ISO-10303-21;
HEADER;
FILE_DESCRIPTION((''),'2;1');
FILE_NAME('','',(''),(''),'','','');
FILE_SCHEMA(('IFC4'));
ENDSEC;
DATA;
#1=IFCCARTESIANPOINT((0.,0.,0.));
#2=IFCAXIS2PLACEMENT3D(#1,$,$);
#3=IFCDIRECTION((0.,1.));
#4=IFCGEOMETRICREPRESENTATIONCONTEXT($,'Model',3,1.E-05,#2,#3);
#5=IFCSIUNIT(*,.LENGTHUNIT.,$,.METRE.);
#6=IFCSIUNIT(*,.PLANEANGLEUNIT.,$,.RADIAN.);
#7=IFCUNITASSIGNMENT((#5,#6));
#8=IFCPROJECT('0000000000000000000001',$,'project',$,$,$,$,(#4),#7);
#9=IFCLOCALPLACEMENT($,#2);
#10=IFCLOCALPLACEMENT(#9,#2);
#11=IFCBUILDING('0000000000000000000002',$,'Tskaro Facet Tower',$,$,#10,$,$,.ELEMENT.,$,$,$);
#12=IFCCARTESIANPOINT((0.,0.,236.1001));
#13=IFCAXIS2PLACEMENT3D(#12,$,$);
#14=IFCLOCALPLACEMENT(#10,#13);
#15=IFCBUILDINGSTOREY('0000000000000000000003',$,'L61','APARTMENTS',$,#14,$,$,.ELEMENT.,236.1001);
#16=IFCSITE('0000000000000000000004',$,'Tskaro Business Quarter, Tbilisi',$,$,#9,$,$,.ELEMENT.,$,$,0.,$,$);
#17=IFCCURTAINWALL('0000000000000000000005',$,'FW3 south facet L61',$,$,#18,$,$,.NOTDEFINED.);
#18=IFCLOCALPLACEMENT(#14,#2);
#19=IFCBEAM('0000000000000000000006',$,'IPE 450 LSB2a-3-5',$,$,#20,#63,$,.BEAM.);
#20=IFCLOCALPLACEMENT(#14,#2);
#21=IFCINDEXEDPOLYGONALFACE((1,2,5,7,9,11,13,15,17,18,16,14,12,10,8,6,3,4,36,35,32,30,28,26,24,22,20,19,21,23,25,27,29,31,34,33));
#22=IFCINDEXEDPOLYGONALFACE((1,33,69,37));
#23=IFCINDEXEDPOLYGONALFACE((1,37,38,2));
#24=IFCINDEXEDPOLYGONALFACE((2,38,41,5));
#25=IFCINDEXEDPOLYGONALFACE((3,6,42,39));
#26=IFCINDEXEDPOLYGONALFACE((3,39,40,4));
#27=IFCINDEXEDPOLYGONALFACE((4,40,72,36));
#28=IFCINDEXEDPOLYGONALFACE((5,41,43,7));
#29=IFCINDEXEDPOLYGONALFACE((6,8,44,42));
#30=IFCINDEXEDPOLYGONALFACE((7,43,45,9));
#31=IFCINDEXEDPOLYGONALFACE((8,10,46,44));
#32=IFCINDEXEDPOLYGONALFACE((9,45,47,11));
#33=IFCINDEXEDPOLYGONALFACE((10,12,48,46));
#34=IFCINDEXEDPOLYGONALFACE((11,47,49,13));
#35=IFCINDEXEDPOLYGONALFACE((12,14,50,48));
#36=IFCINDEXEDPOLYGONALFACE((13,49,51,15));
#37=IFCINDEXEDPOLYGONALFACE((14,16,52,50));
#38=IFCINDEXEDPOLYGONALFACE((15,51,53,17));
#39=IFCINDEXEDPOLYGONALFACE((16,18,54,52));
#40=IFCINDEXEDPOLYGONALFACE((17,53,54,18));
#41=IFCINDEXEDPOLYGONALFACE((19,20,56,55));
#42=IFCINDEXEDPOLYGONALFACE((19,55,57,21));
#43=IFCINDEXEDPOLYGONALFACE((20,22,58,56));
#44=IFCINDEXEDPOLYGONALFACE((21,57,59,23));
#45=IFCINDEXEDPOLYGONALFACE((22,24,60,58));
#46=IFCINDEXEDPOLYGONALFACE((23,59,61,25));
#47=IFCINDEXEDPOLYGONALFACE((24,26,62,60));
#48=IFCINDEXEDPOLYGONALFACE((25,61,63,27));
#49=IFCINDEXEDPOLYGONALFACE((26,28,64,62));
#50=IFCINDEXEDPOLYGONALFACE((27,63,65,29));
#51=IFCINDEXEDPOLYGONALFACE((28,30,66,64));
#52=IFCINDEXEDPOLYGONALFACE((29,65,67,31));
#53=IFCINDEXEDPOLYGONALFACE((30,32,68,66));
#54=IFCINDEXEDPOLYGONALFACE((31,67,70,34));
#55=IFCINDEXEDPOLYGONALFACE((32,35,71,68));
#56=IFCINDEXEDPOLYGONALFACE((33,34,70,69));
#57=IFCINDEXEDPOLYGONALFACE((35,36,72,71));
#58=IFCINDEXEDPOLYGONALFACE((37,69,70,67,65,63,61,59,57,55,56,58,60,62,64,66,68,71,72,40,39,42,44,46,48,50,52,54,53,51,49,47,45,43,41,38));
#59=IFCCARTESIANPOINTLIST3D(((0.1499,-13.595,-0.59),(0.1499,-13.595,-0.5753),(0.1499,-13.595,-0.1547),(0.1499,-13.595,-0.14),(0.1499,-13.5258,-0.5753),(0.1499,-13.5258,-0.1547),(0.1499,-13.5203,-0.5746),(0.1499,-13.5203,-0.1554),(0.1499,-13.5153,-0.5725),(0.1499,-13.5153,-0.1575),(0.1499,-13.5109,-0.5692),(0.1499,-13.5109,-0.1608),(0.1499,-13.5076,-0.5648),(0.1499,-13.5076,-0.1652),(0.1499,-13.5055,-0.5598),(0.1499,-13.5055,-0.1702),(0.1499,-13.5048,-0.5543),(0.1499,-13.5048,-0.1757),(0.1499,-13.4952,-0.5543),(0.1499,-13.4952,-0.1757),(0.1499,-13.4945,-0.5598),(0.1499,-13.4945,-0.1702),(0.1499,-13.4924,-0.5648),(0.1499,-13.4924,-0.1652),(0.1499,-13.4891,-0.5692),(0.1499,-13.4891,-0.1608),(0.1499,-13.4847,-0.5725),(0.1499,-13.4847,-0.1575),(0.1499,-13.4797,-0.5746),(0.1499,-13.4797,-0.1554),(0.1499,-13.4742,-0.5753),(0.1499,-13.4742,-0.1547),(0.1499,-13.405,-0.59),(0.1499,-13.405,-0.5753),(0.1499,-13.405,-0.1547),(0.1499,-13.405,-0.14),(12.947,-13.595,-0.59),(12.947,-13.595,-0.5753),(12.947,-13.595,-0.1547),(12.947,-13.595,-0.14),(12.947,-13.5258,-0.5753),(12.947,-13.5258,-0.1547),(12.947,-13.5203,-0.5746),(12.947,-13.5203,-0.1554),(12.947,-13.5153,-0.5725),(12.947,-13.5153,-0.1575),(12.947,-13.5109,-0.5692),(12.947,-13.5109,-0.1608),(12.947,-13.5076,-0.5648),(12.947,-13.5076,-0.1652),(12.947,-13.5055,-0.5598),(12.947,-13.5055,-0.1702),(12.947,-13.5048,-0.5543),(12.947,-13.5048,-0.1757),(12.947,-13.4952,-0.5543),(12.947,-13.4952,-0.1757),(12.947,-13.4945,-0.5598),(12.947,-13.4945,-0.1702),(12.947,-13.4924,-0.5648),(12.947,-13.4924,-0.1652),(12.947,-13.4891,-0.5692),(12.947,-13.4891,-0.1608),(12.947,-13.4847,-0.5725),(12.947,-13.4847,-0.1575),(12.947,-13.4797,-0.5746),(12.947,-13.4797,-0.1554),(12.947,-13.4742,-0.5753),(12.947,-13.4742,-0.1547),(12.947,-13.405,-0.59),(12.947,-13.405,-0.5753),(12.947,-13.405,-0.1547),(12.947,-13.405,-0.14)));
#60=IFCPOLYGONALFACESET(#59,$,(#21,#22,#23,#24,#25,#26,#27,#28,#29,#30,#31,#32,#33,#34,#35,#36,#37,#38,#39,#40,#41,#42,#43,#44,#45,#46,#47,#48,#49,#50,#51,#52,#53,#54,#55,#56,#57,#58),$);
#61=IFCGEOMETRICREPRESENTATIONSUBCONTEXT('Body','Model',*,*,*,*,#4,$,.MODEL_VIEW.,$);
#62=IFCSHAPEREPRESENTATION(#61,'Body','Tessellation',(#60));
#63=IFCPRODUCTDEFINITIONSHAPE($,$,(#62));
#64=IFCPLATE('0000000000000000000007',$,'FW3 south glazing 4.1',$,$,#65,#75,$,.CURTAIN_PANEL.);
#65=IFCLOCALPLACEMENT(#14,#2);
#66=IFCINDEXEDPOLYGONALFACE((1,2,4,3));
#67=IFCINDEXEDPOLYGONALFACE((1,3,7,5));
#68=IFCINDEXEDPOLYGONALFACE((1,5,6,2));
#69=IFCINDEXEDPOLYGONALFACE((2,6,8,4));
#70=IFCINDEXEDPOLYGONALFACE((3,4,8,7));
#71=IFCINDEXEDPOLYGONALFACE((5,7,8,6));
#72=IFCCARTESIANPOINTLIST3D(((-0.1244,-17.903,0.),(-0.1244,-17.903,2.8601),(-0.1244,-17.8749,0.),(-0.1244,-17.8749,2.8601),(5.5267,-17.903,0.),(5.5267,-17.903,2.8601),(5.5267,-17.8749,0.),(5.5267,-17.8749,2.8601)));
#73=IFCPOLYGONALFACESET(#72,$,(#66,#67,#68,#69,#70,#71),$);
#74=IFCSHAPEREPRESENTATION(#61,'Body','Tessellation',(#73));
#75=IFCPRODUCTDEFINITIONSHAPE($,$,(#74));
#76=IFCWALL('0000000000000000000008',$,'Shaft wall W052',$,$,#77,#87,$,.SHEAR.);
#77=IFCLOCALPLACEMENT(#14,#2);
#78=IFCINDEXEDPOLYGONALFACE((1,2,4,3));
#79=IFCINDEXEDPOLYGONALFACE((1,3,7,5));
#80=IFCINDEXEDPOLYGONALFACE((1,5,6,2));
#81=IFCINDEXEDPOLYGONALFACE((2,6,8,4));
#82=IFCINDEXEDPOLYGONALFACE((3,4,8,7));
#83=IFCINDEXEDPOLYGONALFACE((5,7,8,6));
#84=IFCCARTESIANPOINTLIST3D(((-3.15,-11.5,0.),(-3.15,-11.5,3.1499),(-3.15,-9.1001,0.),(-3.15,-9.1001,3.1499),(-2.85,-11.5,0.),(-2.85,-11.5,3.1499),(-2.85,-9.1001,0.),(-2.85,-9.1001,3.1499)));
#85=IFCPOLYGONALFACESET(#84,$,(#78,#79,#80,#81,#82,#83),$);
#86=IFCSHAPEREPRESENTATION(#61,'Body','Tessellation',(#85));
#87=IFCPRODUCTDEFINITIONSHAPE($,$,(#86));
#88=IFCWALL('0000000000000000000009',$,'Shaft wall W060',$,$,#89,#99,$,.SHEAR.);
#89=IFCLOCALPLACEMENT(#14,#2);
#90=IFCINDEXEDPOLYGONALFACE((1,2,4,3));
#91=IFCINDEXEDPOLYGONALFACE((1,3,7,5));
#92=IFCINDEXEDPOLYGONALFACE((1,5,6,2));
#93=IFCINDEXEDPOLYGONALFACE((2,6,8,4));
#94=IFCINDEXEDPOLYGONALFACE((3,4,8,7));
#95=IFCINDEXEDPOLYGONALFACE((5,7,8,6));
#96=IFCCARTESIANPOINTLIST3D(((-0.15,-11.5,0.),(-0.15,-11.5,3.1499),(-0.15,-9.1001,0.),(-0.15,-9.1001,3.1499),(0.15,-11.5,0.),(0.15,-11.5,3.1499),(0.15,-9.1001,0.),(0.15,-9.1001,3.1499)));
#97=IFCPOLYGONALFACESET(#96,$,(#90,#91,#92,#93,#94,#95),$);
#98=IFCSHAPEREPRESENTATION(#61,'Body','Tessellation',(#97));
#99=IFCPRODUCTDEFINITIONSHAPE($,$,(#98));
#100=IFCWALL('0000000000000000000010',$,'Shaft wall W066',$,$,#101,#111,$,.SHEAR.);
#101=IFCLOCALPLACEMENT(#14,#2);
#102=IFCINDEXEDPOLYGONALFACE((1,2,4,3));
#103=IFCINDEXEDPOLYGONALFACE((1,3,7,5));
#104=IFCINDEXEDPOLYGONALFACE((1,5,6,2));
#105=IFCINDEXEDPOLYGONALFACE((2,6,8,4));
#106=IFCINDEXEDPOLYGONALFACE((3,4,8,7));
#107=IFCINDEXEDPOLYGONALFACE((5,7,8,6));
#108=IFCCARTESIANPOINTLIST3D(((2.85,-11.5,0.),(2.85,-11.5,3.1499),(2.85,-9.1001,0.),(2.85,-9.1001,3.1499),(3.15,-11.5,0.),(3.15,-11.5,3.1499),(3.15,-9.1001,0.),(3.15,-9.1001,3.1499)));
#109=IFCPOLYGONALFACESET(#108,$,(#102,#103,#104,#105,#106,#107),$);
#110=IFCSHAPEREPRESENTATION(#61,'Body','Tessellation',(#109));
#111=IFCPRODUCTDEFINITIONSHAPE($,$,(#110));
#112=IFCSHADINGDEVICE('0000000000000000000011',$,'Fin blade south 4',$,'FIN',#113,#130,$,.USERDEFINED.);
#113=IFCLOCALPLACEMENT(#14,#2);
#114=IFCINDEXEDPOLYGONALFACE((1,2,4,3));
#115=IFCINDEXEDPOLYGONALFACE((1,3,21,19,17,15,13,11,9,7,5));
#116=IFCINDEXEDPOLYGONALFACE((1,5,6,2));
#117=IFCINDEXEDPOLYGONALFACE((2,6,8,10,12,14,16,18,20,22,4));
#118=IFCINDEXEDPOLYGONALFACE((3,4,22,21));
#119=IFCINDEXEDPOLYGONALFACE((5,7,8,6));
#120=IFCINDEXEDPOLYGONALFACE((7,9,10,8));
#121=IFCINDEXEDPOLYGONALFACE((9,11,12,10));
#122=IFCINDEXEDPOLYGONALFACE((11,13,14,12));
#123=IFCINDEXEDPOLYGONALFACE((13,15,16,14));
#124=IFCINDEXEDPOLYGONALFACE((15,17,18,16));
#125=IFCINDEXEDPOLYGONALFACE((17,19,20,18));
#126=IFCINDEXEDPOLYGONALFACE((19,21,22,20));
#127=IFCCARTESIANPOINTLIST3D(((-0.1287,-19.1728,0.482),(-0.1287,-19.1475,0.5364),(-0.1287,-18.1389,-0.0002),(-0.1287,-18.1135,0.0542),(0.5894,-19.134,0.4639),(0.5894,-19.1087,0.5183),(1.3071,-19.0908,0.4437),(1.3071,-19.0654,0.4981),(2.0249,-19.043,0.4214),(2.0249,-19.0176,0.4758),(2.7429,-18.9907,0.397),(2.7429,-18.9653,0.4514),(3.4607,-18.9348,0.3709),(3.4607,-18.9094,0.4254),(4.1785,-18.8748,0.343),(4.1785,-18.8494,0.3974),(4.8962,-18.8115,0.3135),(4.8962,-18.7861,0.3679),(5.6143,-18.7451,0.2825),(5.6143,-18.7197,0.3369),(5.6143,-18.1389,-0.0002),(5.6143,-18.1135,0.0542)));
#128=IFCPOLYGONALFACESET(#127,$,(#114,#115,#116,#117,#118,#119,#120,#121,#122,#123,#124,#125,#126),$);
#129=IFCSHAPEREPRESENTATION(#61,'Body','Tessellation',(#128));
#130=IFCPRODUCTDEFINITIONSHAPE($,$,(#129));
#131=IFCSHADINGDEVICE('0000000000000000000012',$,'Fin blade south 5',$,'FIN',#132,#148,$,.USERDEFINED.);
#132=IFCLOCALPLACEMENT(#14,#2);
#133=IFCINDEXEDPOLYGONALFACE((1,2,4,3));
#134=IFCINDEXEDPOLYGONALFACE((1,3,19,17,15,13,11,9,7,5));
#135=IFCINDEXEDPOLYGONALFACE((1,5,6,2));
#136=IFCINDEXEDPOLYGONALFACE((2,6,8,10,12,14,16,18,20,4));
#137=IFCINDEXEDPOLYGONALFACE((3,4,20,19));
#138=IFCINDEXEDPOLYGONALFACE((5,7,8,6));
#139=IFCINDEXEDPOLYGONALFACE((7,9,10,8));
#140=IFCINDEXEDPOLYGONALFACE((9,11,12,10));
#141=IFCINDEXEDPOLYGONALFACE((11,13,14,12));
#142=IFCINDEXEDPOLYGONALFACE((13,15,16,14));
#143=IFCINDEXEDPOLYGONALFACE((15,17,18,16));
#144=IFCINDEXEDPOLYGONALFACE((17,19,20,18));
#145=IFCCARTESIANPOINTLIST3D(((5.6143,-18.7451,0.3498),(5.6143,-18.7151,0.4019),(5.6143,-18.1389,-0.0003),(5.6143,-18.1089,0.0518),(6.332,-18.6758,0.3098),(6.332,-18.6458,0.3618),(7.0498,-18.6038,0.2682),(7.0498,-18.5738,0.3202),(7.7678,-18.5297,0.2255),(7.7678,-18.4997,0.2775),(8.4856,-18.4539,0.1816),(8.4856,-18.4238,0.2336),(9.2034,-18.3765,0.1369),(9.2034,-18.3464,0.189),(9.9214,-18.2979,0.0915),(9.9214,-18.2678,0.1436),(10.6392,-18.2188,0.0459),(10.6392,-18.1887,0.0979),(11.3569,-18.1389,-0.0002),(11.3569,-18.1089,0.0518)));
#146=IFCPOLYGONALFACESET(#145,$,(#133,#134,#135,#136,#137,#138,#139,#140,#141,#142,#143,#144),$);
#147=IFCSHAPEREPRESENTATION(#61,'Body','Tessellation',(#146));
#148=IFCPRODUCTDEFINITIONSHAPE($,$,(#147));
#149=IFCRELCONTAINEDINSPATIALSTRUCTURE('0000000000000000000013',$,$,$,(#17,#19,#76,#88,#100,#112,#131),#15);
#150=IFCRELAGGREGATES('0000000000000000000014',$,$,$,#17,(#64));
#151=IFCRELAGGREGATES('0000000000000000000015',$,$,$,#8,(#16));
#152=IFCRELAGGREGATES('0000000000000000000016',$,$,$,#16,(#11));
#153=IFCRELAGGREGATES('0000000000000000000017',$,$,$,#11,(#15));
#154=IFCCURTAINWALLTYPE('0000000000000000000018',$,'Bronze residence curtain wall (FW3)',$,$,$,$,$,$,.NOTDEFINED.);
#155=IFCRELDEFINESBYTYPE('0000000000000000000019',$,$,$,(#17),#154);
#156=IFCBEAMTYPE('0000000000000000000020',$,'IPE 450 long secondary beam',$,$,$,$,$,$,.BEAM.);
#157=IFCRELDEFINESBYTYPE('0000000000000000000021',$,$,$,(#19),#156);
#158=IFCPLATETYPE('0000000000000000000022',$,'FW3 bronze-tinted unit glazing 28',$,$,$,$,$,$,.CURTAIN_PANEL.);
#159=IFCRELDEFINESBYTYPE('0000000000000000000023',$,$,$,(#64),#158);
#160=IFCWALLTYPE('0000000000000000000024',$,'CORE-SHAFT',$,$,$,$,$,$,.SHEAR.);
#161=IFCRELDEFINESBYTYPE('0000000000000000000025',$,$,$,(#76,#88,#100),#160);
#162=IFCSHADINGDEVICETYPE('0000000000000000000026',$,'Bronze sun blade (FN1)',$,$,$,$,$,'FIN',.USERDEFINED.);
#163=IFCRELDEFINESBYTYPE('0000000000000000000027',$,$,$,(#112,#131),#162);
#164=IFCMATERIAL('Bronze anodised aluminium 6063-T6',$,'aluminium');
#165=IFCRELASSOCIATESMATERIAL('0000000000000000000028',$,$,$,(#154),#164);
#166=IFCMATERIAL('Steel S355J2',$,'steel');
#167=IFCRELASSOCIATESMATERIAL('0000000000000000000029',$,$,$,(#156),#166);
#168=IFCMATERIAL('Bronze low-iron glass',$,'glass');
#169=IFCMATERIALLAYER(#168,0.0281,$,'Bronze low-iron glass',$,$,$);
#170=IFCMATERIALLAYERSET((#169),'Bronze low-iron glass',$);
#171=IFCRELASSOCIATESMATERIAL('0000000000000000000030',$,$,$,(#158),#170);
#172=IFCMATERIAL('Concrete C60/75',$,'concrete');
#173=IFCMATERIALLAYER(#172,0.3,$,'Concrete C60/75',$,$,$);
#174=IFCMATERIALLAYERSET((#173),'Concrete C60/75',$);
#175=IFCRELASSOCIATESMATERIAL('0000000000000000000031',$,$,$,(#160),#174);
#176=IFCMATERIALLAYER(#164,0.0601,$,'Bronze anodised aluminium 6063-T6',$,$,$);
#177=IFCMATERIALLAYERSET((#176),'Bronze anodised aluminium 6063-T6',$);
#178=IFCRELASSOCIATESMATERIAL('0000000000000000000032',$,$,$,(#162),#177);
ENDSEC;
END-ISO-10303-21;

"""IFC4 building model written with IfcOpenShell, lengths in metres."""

from ifc_helpers import new_model, si_unit, direction, frame, frame_2d, origin, origin_2d, place, context, subcontext, project, spatial, polyline, rectangle, i_section, outline, extrude, material, layer, layer_set, material_profile, profile_set, type_object, element, aggregate, save


model = new_model("IFC4")

# Units and contexts
model_context = context("Model", 3, precision=1e-05, world=origin(), true_north=direction((0.0, 1.0)))
body_context = subcontext(model_context, "Body", "Model", "MODEL_VIEW")
ifc_project = project(units=[si_unit("LENGTHUNIT", "METRE"), si_unit("PLANEANGLEUNIT", "RADIAN")], contexts=[model_context])

# Site, building, storey
site_placement = place(None, origin())
site = spatial("IfcSite", under=ifc_project, at=site_placement, Name="Tskaro Business Quarter, Tbilisi", CompositionType="ELEMENT", RefElevation=0.0)
building_placement = place(site_placement, origin())
building = spatial("IfcBuilding", under=site, at=building_placement, Name="Tskaro Facet Tower", CompositionType="ELEMENT")
storey_placement = place(building_placement, frame((0.0, 0.0, 236.1001)))
storey = spatial("IfcBuildingStorey", under=building, at=storey_placement, Name="L61", Description="APARTMENTS", CompositionType="ELEMENT", Elevation=236.1001)

# Curtain wall
ifc_material_1 = material(Name="Bronze anodised aluminium 6063-T6", Category="aluminium")
curtain_wall_type = type_object("IfcCurtainWallType", Name="Bronze residence curtain wall (FW3)", PredefinedType="NOTDEFINED", material=ifc_material_1)
curtain_wall_placement = place(storey_placement, origin())
curtain_wall = element("IfcCurtainWall", 1, at=curtain_wall_placement, inside=storey, type_object=curtain_wall_type, Name="FW3 south facet L61", PredefinedType="NOTDEFINED")

# Beam
ifc_material_2 = material(Name="Steel S355J2", Category="steel")
ifc_material_profile_1 = material_profile(ifc_material_2, i_section(OverallWidth=0.1899, OverallDepth=0.45, WebThickness=0.0095, FlangeThickness=0.0146, FilletRadius=0.021, at=origin_2d()), Name="IPE 450")
ifc_profile_set_1 = profile_set([ifc_material_profile_1], Name="Steel S355J2")
beam_type_1 = type_object("IfcBeamType", Name="IPE 450 long secondary beam", PredefinedType="BEAM", material=ifc_profile_set_1)
beam_1_placement = place(storey_placement, frame((0.1499, -13.5, -0.365), z_axis=(1.0, 0.0, 0.0), x_axis=(0.0, 1.0, 0.0)))
element("IfcBeam", 2, at=beam_1_placement, inside=storey, type_object=beam_type_1, Name="IPE 450 LSB2a-3-5", PredefinedType="BEAM", context=body_context, shape_type="SweptSolid", body=[
    extrude(i_section(OverallWidth=0.1899, OverallDepth=0.45, WebThickness=0.0095, FlangeThickness=0.0146, FilletRadius=0.021, at=origin_2d()), origin(), (0.0, 0.0, 1.0), 12.7971),
])

# Plate
ifc_material_3 = material(Name="Bronze low-iron glass", Category="glass")
ifc_layer_1 = layer(ifc_material_3, 0.0281, Name="Bronze low-iron glass")
ifc_layer_set_1 = layer_set([ifc_layer_1], Name="Bronze low-iron glass")
plate_type = type_object("IfcPlateType", Name="FW3 bronze-tinted unit glazing 28", PredefinedType="CURTAIN_PANEL", material=ifc_layer_set_1)
plate_placement = place(storey_placement, frame((2.7012, -17.8889, 0.0), z_axis=(0.0, 0.0, 1.0), x_axis=(1.0, 0.0, 0.0)))
plate = element("IfcPlate", 3, at=plate_placement, type_object=plate_type, Name="FW3 south glazing 4.1", PredefinedType="CURTAIN_PANEL", context=body_context, shape_type="SweptSolid", body=[
    extrude(rectangle(XDim=5.6511, YDim=0.0281, at=origin_2d()), origin(), (0.0, 0.0, 1.0), 2.8601),
])
aggregate(curtain_wall, [plate])

# Walls
ifc_material_4 = material(Name="Concrete C60/75", Category="concrete")
ifc_layer_2 = layer(ifc_material_4, 0.3, Name="Concrete C60/75")
ifc_layer_set_2 = layer_set([ifc_layer_2], Name="Concrete C60/75")
wall_type = type_object("IfcWallType", Name="CORE-SHAFT", PredefinedType="SHEAR", material=ifc_layer_set_2)
for number, where, z_axis, x_axis, name in (
    (4, (-3.0, -11.5, 0.0), (0.0, 0.0, 1.0), (0.0, 1.0, 0.0), "Shaft wall W052"),
    (5, (0.0, -11.5, 0.0), (0.0, 0.0, 1.0), (0.0, 1.0, 0.0), "Shaft wall W060"),
    (6, (3.0, -11.5, 0.0), (0.0, 0.0, 1.0), (0.0, 1.0, 0.0), "Shaft wall W066"),
):
    element("IfcWall", number, at=place(storey_placement, frame(where, z_axis=z_axis, x_axis=x_axis)), inside=storey, type_object=wall_type, Name=name, PredefinedType="SHEAR", context=body_context, shape_type="SweptSolid", body=[
        extrude(rectangle(XDim=2.3999, YDim=0.3, at=frame_2d((1.2, 0.0))), origin(), (0.0, 0.0, 1.0), 3.1499),
    ])

# Shading devices
ifc_layer_3 = layer(ifc_material_1, 0.0601, Name="Bronze anodised aluminium 6063-T6")
ifc_layer_set_3 = layer_set([ifc_layer_3], Name="Bronze anodised aluminium 6063-T6")
shading_device_type = type_object("IfcShadingDeviceType", Name="Bronze sun blade (FN1)", ElementType="FIN", PredefinedType="USERDEFINED", material=ifc_layer_set_3)
shading_device_1_placement = place(storey_placement, frame((-0.1287, -18.1135, 0.0542), z_axis=(-0.000001, 0.422656, 0.90629), x_axis=(1.0, 0.000001, 0.000001)))
element("IfcShadingDevice", 7, at=shading_device_1_placement, inside=storey, type_object=shading_device_type, Name="Fin blade south 4", ObjectType="FIN", PredefinedType="USERDEFINED", context=body_context, shape_type="SweptSolid", body=[
    extrude(outline(polyline([(0.0, 0.0), (5.7429, 0.0), (5.7429, -0.6689), (5.0249, -0.7422), (4.3071, -0.812), (3.5894, -0.8782), (2.8716, -0.9399), (2.1536, -0.9975), (1.4358, -1.0503), (0.718, -1.098), (0.0, -1.1408), (0.0, 0.0)])), origin(), (0.0, 0.0, -1.0), 0.0601),
])
shading_device_2_placement = place(storey_placement, frame((5.6143, -18.1089, 0.0518), z_axis=(0.0, 0.500116, 0.865958), x_axis=(1.0, 0.0, 0.0)))
element("IfcShadingDevice", 8, at=shading_device_2_placement, inside=storey, type_object=shading_device_type, Name="Fin blade south 5", ObjectType="FIN", PredefinedType="USERDEFINED", context=body_context, shape_type="SweptSolid", body=[
    extrude(outline(polyline([(0.0, 0.0), (5.7427, 0.0), (5.0249, -0.0922), (4.3071, -0.1835), (3.5891, -0.2743), (2.8713, -0.3637), (2.1536, -0.4513), (1.4355, -0.5368), (0.7178, -0.62), (0.0, -0.7), (0.0, 0.0)])), origin(), (0.0, 0.0, -1.0), 0.0601),
])

save(model, "model.ifc")
